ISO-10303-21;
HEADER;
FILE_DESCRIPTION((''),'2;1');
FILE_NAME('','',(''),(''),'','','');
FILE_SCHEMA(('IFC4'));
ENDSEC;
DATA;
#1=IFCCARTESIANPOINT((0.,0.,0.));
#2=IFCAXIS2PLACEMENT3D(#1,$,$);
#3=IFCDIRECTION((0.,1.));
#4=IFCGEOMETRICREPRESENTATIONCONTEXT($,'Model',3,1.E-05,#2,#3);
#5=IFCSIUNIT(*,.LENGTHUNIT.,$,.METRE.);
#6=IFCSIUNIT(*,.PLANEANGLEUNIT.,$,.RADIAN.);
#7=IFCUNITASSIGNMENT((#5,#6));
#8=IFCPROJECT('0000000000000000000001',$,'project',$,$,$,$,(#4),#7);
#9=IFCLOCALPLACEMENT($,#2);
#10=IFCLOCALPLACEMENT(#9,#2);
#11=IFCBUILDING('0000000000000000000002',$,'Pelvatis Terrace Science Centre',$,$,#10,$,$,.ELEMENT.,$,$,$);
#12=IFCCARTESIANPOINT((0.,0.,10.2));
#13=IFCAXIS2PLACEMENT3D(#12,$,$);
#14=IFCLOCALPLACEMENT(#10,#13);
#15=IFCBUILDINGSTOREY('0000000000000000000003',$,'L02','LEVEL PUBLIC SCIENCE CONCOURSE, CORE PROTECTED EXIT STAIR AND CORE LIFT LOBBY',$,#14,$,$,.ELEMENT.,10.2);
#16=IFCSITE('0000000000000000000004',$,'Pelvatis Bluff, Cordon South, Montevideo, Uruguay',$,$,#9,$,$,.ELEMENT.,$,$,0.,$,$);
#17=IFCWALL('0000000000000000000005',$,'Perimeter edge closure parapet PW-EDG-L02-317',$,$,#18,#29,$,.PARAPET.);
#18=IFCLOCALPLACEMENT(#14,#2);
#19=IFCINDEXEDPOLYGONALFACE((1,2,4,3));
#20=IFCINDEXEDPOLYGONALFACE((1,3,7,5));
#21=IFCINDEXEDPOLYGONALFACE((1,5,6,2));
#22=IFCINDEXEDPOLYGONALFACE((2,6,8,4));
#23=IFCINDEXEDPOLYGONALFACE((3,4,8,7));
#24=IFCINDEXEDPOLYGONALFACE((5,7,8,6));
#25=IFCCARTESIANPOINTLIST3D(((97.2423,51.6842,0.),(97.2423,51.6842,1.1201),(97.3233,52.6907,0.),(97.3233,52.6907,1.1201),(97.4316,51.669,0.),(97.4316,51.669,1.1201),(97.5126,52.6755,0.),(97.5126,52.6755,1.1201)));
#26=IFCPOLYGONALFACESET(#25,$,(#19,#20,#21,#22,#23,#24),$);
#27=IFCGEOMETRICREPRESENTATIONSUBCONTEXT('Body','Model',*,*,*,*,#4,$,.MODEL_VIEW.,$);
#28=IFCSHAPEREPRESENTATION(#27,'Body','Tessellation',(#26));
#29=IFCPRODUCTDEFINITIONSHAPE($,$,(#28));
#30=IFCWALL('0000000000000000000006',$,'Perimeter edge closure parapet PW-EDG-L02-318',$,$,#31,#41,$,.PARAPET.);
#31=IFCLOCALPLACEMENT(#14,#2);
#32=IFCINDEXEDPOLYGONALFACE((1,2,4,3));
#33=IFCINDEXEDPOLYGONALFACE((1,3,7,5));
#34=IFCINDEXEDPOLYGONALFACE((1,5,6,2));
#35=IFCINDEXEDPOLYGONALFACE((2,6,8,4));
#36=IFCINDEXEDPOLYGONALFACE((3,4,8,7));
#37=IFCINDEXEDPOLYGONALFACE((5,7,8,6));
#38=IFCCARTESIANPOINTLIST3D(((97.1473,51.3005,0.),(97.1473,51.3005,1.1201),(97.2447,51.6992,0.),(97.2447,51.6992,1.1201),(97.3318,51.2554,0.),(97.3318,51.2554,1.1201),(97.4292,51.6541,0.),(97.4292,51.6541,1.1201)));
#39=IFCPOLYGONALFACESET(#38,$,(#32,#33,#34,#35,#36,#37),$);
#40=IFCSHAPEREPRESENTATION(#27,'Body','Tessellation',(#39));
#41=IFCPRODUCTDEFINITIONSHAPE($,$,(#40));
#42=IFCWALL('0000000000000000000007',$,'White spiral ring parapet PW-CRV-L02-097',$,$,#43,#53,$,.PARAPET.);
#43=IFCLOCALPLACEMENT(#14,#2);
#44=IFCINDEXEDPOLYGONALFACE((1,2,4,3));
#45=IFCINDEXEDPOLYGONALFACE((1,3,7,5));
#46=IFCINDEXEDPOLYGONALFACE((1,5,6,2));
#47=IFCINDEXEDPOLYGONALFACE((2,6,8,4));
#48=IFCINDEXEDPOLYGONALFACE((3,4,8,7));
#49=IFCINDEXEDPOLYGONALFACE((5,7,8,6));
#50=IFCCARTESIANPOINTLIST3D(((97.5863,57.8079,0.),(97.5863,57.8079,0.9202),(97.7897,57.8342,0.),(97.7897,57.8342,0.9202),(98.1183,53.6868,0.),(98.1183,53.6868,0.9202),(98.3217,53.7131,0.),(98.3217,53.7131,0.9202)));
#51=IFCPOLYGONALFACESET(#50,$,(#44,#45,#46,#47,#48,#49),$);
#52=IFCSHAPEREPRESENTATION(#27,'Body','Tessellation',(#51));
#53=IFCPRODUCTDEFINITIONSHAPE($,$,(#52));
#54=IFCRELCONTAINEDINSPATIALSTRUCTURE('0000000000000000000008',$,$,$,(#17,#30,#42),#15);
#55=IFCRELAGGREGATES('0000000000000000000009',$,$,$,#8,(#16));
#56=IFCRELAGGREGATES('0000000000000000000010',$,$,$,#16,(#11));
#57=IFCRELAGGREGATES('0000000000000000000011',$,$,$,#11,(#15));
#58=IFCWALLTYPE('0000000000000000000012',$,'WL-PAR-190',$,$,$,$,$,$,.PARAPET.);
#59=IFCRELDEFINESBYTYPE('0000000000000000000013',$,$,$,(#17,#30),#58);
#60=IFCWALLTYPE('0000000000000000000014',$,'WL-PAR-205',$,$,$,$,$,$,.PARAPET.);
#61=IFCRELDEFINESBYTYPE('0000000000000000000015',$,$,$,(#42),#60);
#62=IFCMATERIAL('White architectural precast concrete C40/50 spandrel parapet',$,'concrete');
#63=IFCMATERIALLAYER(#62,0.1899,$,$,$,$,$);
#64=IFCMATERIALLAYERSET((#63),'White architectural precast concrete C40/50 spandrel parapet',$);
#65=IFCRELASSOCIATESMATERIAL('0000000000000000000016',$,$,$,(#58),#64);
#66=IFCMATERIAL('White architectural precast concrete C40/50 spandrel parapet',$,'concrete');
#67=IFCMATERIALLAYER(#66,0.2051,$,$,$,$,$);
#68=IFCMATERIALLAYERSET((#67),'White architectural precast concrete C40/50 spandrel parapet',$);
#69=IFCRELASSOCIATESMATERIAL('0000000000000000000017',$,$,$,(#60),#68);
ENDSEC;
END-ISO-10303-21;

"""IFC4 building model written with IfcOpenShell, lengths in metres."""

from ifc_helpers import new_model, si_unit, direction, frame, frame_2d, origin, place, context, subcontext, project, spatial, rectangle, extrude, material, layer, layer_set, type_object, element, save


model = new_model("IFC4")

# Units and contexts
model_context = context("Model", 3, precision=1e-05, world=origin(), true_north=direction((0.0, 1.0)))
body_context = subcontext(model_context, "Body", "Model", "MODEL_VIEW")
ifc_project = project(units=[si_unit("LENGTHUNIT", "METRE"), si_unit("PLANEANGLEUNIT", "RADIAN")], contexts=[model_context])

# Site, building, storey
site_placement = place(None, origin())
site = spatial("IfcSite", under=ifc_project, at=site_placement, Name="Pelvatis Bluff, Cordon South, Montevideo, Uruguay", CompositionType="ELEMENT", RefElevation=0.0)
building_placement = place(site_placement, origin())
building = spatial("IfcBuilding", under=site, at=building_placement, Name="Pelvatis Terrace Science Centre", CompositionType="ELEMENT")
storey_placement = place(building_placement, frame((0.0, 0.0, 10.2)))
storey = spatial("IfcBuildingStorey", under=building, at=storey_placement, Name="L02", Description="LEVEL PUBLIC SCIENCE CONCOURSE, CORE PROTECTED EXIT STAIR AND CORE LIFT LOBBY", CompositionType="ELEMENT", Elevation=10.2)

# Walls
ifc_material_1 = material(Name="White architectural precast concrete C40/50 spandrel parapet", Category="concrete")
ifc_layer_1 = layer(ifc_material_1, 0.1899)
ifc_layer_set_1 = layer_set([ifc_layer_1], Name="White architectural precast concrete C40/50 spandrel parapet")
wall_type_1 = type_object("IfcWallType", Name="WL-PAR-190", PredefinedType="PARAPET", material=ifc_layer_set_1)
wall_1_placement = place(storey_placement, frame((97.418, 52.6831, 0.0), z_axis=(0.0, 0.0, 1.0), x_axis=(-0.080264, -0.996774, 0.0)))
element("IfcWall", 1, at=wall_1_placement, inside=storey, type_object=wall_type_1, Name="Perimeter edge closure parapet PW-EDG-L02-317", PredefinedType="PARAPET", context=body_context, shape_type="SweptSolid", body=[
    extrude(rectangle(XDim=1.0098, YDim=0.1899, at=frame_2d((0.5049, 0.0))), origin(), (0.0, 0.0, 1.0), 1.1201),
])
wall_2_placement = place(storey_placement, frame((97.3369, 51.6765, 0.0), z_axis=(0.0, 0.0, 1.0), x_axis=(-0.237353, -0.971423, 0.0)))
element("IfcWall", 2, at=wall_2_placement, inside=storey, type_object=wall_type_1, Name="Perimeter edge closure parapet PW-EDG-L02-318", PredefinedType="PARAPET", context=body_context, shape_type="SweptSolid", body=[
    extrude(rectangle(XDim=0.4104, YDim=0.1899, at=frame_2d((0.2051, 0.0))), origin(), (0.0, 0.0, 1.0), 1.1201),
])
ifc_material_2 = material(Name="White architectural precast concrete C40/50 spandrel parapet", Category="concrete")
ifc_layer_2 = layer(ifc_material_2, 0.2051)
ifc_layer_set_2 = layer_set([ifc_layer_2], Name="White architectural precast concrete C40/50 spandrel parapet")
wall_type_2 = type_object("IfcWallType", Name="WL-PAR-205", PredefinedType="PARAPET", material=ifc_layer_set_2)
wall_3_placement = place(storey_placement, frame((98.22, 53.7, 0.0), z_axis=(0.0, 0.0, 1.0), x_axis=(-0.128025, 0.991771, 0.0)))
element("IfcWall", 3, at=wall_3_placement, inside=storey, type_object=wall_type_2, Name="White spiral ring parapet PW-CRV-L02-097", PredefinedType="PARAPET", context=body_context, shape_type="SweptSolid", body=[
    extrude(rectangle(XDim=4.1553, YDim=0.2051, at=frame_2d((2.0776, 0.0))), origin(), (0.0, 0.0, 1.0), 0.9202),
])

save(model, "model.ifc")
